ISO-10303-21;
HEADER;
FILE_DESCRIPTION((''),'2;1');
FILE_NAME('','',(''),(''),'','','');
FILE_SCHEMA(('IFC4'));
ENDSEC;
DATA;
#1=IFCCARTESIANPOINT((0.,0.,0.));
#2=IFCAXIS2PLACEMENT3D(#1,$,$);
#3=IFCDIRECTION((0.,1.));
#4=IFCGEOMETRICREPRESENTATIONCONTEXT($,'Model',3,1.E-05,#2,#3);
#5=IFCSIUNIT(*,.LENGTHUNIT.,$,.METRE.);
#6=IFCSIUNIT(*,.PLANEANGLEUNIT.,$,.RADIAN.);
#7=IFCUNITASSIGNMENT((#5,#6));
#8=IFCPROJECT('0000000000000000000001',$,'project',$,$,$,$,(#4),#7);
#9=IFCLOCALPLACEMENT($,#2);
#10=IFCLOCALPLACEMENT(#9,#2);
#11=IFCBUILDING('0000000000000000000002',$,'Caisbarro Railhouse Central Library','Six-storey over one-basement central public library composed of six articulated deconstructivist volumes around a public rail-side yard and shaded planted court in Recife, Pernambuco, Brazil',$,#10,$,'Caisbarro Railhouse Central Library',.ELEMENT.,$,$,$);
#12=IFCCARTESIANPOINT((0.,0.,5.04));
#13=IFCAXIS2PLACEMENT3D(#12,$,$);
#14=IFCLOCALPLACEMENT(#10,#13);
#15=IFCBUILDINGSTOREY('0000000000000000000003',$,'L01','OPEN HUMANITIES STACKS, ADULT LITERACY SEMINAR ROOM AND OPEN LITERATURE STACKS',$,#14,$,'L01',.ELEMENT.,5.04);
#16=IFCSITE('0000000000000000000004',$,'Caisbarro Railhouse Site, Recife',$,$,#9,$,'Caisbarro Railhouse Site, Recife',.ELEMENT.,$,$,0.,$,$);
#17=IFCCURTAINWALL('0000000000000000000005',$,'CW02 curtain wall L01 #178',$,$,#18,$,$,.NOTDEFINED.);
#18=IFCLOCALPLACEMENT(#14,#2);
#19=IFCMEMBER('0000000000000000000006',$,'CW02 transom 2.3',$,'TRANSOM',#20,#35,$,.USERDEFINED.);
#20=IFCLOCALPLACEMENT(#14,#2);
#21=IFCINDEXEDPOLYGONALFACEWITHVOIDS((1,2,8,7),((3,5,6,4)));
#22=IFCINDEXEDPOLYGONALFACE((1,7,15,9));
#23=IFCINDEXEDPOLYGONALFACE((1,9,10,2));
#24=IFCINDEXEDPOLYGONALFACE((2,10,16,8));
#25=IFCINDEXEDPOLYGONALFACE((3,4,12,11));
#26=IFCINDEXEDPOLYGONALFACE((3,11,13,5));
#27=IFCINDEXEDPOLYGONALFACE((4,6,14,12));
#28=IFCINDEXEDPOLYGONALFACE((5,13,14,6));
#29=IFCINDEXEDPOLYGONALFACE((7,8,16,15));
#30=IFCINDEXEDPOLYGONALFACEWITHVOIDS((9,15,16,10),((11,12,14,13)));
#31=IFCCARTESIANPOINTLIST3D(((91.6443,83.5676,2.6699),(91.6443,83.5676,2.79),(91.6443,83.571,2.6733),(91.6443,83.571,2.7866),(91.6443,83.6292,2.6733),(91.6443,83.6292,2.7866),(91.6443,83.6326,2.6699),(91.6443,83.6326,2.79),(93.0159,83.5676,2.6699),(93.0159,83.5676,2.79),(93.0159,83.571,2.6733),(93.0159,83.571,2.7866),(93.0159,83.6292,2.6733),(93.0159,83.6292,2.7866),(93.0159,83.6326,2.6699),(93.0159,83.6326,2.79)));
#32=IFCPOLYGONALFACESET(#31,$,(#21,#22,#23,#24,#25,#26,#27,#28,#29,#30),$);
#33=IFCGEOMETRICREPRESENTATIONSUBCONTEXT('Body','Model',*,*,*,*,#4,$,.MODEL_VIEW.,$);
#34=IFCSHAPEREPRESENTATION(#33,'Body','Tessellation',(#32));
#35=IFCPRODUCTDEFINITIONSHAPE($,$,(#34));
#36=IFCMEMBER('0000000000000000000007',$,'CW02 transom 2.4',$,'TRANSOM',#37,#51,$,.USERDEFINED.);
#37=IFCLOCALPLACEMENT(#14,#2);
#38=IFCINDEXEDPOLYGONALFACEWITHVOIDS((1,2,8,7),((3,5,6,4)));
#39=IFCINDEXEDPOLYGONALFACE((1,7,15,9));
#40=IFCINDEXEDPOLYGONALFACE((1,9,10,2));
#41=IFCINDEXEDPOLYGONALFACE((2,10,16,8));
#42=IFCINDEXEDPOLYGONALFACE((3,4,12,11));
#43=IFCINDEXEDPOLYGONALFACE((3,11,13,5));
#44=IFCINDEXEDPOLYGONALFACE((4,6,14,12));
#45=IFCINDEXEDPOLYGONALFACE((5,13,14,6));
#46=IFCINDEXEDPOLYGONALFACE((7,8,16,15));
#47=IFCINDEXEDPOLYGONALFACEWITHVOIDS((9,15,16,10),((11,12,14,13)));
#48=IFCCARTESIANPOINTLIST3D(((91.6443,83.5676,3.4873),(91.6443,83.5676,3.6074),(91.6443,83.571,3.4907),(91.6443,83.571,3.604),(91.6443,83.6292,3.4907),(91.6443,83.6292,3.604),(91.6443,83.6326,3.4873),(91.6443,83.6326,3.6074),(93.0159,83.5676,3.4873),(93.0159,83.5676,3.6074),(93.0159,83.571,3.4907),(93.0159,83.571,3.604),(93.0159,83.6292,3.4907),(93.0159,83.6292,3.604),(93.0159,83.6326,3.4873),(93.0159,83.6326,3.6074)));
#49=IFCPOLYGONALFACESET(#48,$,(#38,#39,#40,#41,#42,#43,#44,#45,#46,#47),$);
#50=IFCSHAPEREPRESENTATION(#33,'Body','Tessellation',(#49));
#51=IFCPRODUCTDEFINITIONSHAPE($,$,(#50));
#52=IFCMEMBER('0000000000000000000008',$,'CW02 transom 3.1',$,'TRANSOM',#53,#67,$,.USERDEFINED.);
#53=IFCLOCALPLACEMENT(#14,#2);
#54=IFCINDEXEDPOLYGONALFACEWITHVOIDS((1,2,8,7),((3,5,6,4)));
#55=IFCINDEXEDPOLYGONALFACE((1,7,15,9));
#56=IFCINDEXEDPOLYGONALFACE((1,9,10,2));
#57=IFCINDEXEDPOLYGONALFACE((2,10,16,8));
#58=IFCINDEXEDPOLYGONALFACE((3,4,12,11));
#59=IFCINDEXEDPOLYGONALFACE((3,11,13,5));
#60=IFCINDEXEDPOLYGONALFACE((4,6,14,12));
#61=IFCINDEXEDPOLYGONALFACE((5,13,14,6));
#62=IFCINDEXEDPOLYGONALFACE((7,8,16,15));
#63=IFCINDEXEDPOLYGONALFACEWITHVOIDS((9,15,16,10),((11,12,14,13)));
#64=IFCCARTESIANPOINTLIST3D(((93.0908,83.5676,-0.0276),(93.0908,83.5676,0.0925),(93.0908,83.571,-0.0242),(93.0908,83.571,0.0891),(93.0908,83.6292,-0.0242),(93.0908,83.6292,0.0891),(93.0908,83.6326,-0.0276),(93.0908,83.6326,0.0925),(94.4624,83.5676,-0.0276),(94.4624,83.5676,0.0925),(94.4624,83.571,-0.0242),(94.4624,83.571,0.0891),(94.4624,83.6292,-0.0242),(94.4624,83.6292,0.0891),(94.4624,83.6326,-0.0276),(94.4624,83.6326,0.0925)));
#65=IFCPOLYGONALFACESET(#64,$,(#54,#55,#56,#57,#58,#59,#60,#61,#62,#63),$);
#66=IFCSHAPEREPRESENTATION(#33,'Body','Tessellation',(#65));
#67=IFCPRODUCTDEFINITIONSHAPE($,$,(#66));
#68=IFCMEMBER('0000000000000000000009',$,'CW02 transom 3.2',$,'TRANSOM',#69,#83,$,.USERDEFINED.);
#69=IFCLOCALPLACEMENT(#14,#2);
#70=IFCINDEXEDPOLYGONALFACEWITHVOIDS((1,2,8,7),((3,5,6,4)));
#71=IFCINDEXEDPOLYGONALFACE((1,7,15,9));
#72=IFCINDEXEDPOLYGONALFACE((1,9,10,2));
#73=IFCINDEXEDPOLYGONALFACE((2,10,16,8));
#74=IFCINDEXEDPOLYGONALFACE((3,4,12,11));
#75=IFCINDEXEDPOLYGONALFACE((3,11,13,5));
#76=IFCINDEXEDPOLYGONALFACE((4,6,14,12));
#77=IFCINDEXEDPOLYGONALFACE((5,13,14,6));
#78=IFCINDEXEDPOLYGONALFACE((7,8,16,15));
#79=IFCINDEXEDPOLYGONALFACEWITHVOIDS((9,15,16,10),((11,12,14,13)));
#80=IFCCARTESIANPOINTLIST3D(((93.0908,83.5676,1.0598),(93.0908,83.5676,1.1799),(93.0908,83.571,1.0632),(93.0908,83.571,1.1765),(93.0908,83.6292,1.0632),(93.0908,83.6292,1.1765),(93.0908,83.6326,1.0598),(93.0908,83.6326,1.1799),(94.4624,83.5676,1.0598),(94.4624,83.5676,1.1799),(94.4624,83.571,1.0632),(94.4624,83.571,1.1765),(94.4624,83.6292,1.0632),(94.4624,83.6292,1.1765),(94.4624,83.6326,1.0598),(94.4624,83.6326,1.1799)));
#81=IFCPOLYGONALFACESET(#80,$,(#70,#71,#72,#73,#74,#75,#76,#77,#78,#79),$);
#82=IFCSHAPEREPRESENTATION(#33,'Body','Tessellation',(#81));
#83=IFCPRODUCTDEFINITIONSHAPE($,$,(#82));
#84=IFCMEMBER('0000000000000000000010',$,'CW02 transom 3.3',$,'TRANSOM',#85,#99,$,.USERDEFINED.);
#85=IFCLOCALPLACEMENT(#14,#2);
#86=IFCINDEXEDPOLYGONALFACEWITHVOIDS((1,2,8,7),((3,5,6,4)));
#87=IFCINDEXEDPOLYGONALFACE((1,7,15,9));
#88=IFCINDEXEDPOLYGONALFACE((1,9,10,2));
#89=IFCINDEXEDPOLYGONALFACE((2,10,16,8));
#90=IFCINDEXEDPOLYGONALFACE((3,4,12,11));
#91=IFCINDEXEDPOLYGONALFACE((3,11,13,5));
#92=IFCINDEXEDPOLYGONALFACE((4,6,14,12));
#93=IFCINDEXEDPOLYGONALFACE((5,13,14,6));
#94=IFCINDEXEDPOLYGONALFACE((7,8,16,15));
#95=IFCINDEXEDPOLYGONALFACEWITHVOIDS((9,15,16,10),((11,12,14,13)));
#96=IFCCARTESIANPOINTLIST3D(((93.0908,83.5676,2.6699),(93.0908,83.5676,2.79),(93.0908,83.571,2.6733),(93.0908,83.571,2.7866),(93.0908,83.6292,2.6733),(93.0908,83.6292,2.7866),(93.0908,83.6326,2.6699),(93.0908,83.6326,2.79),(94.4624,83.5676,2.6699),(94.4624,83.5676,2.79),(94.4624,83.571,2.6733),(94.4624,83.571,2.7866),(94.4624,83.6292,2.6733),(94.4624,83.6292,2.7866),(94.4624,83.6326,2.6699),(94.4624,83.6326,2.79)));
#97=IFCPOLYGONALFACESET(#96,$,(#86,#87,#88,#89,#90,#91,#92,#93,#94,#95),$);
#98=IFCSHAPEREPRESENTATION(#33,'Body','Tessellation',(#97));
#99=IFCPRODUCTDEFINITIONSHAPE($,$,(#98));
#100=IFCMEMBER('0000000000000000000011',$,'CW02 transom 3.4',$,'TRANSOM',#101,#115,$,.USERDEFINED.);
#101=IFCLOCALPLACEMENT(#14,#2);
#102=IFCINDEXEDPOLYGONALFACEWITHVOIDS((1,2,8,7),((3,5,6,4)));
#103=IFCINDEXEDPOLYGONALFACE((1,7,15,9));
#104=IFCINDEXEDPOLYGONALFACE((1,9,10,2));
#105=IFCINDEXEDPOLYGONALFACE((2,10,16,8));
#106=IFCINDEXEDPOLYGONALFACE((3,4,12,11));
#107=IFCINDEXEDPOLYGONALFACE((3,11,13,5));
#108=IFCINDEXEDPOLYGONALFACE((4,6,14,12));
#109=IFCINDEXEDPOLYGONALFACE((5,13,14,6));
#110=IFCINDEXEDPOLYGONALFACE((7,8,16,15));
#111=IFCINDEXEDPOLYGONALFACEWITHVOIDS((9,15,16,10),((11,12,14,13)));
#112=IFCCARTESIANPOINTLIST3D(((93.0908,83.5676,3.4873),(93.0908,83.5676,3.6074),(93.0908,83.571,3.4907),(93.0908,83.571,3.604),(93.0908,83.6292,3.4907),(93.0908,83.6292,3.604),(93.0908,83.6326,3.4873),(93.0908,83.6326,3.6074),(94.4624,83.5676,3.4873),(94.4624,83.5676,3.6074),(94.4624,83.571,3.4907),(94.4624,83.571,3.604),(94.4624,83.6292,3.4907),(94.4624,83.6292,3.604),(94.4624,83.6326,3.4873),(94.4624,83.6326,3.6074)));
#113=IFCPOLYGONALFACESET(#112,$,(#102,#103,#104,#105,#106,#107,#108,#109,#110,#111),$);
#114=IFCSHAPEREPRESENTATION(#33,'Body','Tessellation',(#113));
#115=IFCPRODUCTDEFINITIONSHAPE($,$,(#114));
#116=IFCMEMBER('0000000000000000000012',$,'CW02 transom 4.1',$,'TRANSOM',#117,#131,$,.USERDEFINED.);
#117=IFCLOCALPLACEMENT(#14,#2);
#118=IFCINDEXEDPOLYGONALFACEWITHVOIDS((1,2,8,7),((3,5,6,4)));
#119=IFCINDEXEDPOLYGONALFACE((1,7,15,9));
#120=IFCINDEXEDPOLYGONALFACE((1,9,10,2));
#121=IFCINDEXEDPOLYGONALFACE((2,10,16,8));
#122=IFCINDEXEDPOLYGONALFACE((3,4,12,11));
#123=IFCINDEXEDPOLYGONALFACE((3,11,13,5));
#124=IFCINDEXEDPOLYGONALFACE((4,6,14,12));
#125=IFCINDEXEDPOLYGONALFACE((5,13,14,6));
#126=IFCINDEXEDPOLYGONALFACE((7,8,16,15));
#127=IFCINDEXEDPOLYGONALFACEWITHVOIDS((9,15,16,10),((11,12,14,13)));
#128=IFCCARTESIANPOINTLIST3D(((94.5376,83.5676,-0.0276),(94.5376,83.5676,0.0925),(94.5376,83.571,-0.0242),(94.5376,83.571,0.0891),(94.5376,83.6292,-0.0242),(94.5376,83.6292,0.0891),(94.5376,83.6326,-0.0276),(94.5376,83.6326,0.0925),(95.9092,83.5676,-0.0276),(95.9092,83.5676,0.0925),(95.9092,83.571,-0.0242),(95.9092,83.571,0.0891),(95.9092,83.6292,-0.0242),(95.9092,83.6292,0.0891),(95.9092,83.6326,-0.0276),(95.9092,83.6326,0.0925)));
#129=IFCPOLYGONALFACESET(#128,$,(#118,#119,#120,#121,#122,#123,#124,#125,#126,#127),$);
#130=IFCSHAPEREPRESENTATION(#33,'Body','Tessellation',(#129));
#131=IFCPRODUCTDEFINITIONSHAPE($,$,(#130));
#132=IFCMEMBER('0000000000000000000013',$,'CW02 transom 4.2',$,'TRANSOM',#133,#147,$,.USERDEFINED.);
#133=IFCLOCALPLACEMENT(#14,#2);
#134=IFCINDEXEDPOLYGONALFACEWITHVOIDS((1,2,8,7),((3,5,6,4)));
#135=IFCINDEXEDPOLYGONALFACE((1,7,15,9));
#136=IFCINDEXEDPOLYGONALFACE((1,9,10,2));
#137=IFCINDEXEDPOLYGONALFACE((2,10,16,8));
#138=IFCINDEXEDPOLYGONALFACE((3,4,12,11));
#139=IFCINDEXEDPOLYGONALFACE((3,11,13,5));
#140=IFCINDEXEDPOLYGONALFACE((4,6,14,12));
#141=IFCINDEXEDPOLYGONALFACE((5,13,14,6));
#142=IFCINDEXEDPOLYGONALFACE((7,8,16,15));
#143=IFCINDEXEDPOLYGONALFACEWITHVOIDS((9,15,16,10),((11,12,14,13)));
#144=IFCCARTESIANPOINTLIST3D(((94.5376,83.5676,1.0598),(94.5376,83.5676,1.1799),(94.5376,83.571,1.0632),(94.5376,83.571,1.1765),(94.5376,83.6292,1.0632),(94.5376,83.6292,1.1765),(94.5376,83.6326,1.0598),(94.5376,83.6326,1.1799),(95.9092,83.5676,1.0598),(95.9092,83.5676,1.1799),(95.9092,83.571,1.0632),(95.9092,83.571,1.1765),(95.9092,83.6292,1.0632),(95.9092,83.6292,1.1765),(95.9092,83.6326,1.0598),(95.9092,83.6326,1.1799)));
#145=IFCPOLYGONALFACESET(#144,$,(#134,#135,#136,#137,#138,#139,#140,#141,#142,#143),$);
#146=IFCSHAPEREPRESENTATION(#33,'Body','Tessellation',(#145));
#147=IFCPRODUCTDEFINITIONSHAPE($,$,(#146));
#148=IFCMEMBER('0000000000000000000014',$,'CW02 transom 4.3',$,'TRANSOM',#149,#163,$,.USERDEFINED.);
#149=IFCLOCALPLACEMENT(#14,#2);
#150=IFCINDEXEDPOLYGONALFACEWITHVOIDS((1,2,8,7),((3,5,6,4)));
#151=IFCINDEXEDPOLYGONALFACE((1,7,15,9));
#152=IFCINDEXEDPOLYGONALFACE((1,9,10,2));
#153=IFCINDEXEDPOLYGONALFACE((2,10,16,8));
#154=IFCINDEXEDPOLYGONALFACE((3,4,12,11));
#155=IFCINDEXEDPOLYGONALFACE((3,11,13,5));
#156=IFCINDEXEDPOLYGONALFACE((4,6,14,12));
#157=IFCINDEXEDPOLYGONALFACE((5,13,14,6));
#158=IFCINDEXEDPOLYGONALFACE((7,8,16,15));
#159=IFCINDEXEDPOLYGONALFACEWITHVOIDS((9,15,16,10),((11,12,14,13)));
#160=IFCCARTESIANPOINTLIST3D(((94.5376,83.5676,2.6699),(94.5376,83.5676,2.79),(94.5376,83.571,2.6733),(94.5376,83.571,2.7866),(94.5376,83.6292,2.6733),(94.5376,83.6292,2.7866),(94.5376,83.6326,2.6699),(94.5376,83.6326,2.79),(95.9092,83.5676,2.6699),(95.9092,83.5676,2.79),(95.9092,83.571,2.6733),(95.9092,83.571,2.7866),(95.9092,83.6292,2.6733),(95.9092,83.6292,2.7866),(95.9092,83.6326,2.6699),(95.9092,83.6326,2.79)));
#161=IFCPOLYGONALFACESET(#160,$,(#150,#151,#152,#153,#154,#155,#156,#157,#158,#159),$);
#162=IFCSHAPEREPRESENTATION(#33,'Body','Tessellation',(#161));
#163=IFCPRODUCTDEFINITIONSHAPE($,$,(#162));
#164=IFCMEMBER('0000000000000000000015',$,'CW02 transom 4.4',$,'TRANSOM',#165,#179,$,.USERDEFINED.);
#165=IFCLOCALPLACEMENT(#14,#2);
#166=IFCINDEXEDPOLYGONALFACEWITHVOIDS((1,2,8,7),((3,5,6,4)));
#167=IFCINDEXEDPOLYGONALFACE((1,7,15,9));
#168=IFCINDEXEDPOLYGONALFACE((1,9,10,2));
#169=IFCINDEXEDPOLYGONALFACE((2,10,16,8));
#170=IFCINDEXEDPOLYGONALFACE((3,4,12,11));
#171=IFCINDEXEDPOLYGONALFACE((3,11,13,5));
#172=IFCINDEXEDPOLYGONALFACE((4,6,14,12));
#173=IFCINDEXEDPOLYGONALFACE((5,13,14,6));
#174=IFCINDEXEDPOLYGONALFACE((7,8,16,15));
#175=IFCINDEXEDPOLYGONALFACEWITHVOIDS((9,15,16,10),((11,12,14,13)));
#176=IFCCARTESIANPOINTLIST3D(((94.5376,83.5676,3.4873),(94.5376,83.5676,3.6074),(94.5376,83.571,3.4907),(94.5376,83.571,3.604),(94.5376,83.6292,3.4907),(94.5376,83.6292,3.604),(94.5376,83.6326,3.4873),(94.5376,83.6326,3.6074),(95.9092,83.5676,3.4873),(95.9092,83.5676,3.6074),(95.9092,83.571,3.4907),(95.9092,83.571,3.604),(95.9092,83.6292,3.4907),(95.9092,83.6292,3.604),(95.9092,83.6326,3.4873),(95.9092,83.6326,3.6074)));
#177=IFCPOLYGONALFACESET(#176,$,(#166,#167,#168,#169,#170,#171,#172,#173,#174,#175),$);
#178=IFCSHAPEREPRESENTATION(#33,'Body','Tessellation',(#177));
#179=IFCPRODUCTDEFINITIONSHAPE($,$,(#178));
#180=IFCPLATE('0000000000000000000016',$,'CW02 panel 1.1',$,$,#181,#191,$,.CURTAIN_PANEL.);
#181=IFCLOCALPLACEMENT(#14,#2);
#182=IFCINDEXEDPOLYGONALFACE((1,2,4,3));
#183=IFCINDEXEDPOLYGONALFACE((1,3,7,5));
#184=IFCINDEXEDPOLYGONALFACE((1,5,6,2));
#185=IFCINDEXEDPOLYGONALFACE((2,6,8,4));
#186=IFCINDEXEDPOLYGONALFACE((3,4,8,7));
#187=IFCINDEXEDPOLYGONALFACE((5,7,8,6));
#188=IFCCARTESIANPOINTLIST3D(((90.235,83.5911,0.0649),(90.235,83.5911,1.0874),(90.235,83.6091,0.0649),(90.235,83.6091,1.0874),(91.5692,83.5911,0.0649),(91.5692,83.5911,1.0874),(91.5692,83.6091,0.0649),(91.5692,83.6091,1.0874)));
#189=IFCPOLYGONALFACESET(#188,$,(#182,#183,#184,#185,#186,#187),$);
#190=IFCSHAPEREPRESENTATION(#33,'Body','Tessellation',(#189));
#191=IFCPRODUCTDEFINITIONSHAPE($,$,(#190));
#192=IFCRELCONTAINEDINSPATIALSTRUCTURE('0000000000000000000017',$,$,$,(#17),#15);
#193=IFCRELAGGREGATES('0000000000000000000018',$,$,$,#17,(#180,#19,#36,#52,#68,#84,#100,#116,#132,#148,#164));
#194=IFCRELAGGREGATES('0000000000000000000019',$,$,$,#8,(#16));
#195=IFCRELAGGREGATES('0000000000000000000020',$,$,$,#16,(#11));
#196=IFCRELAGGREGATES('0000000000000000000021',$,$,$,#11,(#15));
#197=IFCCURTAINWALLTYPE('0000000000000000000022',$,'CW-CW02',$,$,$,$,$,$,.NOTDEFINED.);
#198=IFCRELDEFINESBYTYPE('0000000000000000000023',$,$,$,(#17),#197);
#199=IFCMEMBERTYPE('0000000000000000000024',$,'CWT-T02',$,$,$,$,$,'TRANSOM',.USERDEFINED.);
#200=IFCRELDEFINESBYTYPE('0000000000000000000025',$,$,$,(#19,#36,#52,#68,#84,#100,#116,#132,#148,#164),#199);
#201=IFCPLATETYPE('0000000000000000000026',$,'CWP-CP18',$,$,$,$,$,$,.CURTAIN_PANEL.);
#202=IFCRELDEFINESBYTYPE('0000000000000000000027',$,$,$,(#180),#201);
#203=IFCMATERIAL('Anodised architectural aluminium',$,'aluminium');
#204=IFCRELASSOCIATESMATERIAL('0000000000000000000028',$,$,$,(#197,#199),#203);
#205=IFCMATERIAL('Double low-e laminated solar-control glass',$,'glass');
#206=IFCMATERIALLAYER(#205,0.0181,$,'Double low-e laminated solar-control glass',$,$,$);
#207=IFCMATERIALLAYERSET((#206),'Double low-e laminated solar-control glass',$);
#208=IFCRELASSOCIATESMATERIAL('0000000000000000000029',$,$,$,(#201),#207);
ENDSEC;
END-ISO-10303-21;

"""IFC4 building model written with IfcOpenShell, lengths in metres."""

from ifc_helpers import new_model, si_unit, direction, frame, origin, origin_2d, place, context, subcontext, project, spatial, rectangle, hollow_rectangle, extrude, material, layer, layer_set, material_profile, profile_set, type_object, element, aggregate, save


model = new_model("IFC4")

# Units and contexts
model_context = context("Model", 3, precision=1e-05, world=origin(), true_north=direction((0.0, 1.0)))
body_context = subcontext(model_context, "Body", "Model", "MODEL_VIEW")
ifc_project = project(units=[si_unit("LENGTHUNIT", "METRE"), si_unit("PLANEANGLEUNIT", "RADIAN")], contexts=[model_context])

# Site, building, storey
site_placement = place(None, origin())
site = spatial("IfcSite", under=ifc_project, at=site_placement, Name="Caisbarro Railhouse Site, Recife", LongName="Caisbarro Railhouse Site, Recife", CompositionType="ELEMENT", RefElevation=0.0)
building_placement = place(site_placement, origin())
building = spatial("IfcBuilding", under=site, at=building_placement, Name="Caisbarro Railhouse Central Library", Description="Six-storey over one-basement central public library composed of six articulated deconstructivist volumes around a public rail-side yard and shaded planted court in Recife, Pernambuco, Brazil", LongName="Caisbarro Railhouse Central Library", CompositionType="ELEMENT")
storey_placement = place(building_placement, frame((0.0, 0.0, 5.04)))
storey = spatial("IfcBuildingStorey", under=building, at=storey_placement, Name="L01", Description="OPEN HUMANITIES STACKS, ADULT LITERACY SEMINAR ROOM AND OPEN LITERATURE STACKS", LongName="L01", CompositionType="ELEMENT", Elevation=5.04)

# Curtain wall, members, plate
ifc_material_1 = material(Name="Anodised architectural aluminium", Category="aluminium")
curtain_wall_type = type_object("IfcCurtainWallType", Name="CW-CW02", PredefinedType="NOTDEFINED", material=ifc_material_1)
curtain_wall_placement = place(storey_placement, origin())
curtain_wall = element("IfcCurtainWall", 1, at=curtain_wall_placement, inside=storey, type_object=curtain_wall_type, Name="CW02 curtain wall L01 #178", PredefinedType="NOTDEFINED")
ifc_material_profile_1 = material_profile(ifc_material_1, hollow_rectangle(XDim=0.0649, YDim=0.1201, WallThickness=0.0034, at=origin_2d()), Name="ALU-TRN-65X120")
ifc_profile_set_1 = profile_set([ifc_material_profile_1], Name="Anodised architectural aluminium")
member_type_1 = type_object("IfcMemberType", Name="CWT-T02", ElementType="TRANSOM", PredefinedType="USERDEFINED", material=ifc_profile_set_1)
member_1_placement = place(storey_placement, frame((91.6443, 83.6001, 2.73), z_axis=(1.0, 0.0, 0.0), x_axis=(0.0, 1.0, 0.0)))
member_1 = element("IfcMember", 2, at=member_1_placement, type_object=member_type_1, Name="CW02 transom 2.3", ObjectType="TRANSOM", PredefinedType="USERDEFINED", context=body_context, shape_type="SweptSolid", body=[
    extrude(hollow_rectangle(XDim=0.0649, YDim=0.1201, WallThickness=0.0034, at=origin_2d()), origin(), (0.0, 0.0, 1.0), 1.3716),
])
member_2_placement = place(storey_placement, frame((91.6443, 83.6001, 3.5474), z_axis=(1.0, 0.0, 0.0), x_axis=(0.0, 1.0, 0.0)))
member_2 = element("IfcMember", 3, at=member_2_placement, type_object=member_type_1, Name="CW02 transom 2.4", ObjectType="TRANSOM", PredefinedType="USERDEFINED", context=body_context, shape_type="SweptSolid", body=[
    extrude(hollow_rectangle(XDim=0.0649, YDim=0.1201, WallThickness=0.0034, at=origin_2d()), origin(), (0.0, 0.0, 1.0), 1.3716),
])
member_3_placement = place(storey_placement, frame((93.0908, 83.6001, 0.0325), z_axis=(1.0, 0.0, 0.0), x_axis=(0.0, 1.0, 0.0)))
member_3 = element("IfcMember", 4, at=member_3_placement, type_object=member_type_1, Name="CW02 transom 3.1", ObjectType="TRANSOM", PredefinedType="USERDEFINED", context=body_context, shape_type="SweptSolid", body=[
    extrude(hollow_rectangle(XDim=0.0649, YDim=0.1201, WallThickness=0.0034, at=origin_2d()), origin(), (0.0, 0.0, 1.0), 1.3716),
])
member_4_placement = place(storey_placement, frame((93.0908, 83.6001, 1.1199), z_axis=(1.0, 0.0, 0.0), x_axis=(0.0, 1.0, 0.0)))
member_4 = element("IfcMember", 5, at=member_4_placement, type_object=member_type_1, Name="CW02 transom 3.2", ObjectType="TRANSOM", PredefinedType="USERDEFINED", context=body_context, shape_type="SweptSolid", body=[
    extrude(hollow_rectangle(XDim=0.0649, YDim=0.1201, WallThickness=0.0034, at=origin_2d()), origin(), (0.0, 0.0, 1.0), 1.3716),
])
member_5_placement = place(storey_placement, frame((93.0908, 83.6001, 2.73), z_axis=(1.0, 0.0, 0.0), x_axis=(0.0, 1.0, 0.0)))
member_5 = element("IfcMember", 6, at=member_5_placement, type_object=member_type_1, Name="CW02 transom 3.3", ObjectType="TRANSOM", PredefinedType="USERDEFINED", context=body_context, shape_type="SweptSolid", body=[
    extrude(hollow_rectangle(XDim=0.0649, YDim=0.1201, WallThickness=0.0034, at=origin_2d()), origin(), (0.0, 0.0, 1.0), 1.3716),
])
member_6_placement = place(storey_placement, frame((93.0908, 83.6001, 3.5474), z_axis=(1.0, 0.0, 0.0), x_axis=(0.0, 1.0, 0.0)))
member_6 = element("IfcMember", 7, at=member_6_placement, type_object=member_type_1, Name="CW02 transom 3.4", ObjectType="TRANSOM", PredefinedType="USERDEFINED", context=body_context, shape_type="SweptSolid", body=[
    extrude(hollow_rectangle(XDim=0.0649, YDim=0.1201, WallThickness=0.0034, at=origin_2d()), origin(), (0.0, 0.0, 1.0), 1.3716),
])
member_7_placement = place(storey_placement, frame((94.5376, 83.6001, 0.0325), z_axis=(1.0, 0.0, 0.0), x_axis=(0.0, 1.0, 0.0)))
member_7 = element("IfcMember", 8, at=member_7_placement, type_object=member_type_1, Name="CW02 transom 4.1", ObjectType="TRANSOM", PredefinedType="USERDEFINED", context=body_context, shape_type="SweptSolid", body=[
    extrude(hollow_rectangle(XDim=0.0649, YDim=0.1201, WallThickness=0.0034, at=origin_2d()), origin(), (0.0, 0.0, 1.0), 1.3716),
])
member_8_placement = place(storey_placement, frame((94.5376, 83.6001, 1.1199), z_axis=(1.0, 0.0, 0.0), x_axis=(0.0, 1.0, 0.0)))
member_8 = element("IfcMember", 9, at=member_8_placement, type_object=member_type_1, Name="CW02 transom 4.2", ObjectType="TRANSOM", PredefinedType="USERDEFINED", context=body_context, shape_type="SweptSolid", body=[
    extrude(hollow_rectangle(XDim=0.0649, YDim=0.1201, WallThickness=0.0034, at=origin_2d()), origin(), (0.0, 0.0, 1.0), 1.3716),
])
member_9_placement = place(storey_placement, frame((94.5376, 83.6001, 2.73), z_axis=(1.0, 0.0, 0.0), x_axis=(0.0, 1.0, 0.0)))
member_9 = element("IfcMember", 10, at=member_9_placement, type_object=member_type_1, Name="CW02 transom 4.3", ObjectType="TRANSOM", PredefinedType="USERDEFINED", context=body_context, shape_type="SweptSolid", body=[
    extrude(hollow_rectangle(XDim=0.0649, YDim=0.1201, WallThickness=0.0034, at=origin_2d()), origin(), (0.0, 0.0, 1.0), 1.3716),
])
member_10_placement = place(storey_placement, frame((94.5376, 83.6001, 3.5474), z_axis=(1.0, 0.0, 0.0), x_axis=(0.0, 1.0, 0.0)))
member_10 = element("IfcMember", 11, at=member_10_placement, type_object=member_type_1, Name="CW02 transom 4.4", ObjectType="TRANSOM", PredefinedType="USERDEFINED", context=body_context, shape_type="SweptSolid", body=[
    extrude(hollow_rectangle(XDim=0.0649, YDim=0.1201, WallThickness=0.0034, at=origin_2d()), origin(), (0.0, 0.0, 1.0), 1.3716),
])
ifc_material_2 = material(Name="Double low-e laminated solar-control glass", Category="glass")
ifc_layer = layer(ifc_material_2, 0.0181, Name="Double low-e laminated solar-control glass")
ifc_layer_set = layer_set([ifc_layer], Name="Double low-e laminated solar-control glass")
plate_type = type_object("IfcPlateType", Name="CWP-CP18", PredefinedType="CURTAIN_PANEL", material=ifc_layer_set)
plate_1_placement = place(storey_placement, frame((90.9021, 83.6001, 0.0649), z_axis=(0.0, 0.0, 1.0), x_axis=(1.0, 0.0, 0.0)))
plate_1 = element("IfcPlate", 12, at=plate_1_placement, type_object=plate_type, Name="CW02 panel 1.1", PredefinedType="CURTAIN_PANEL", context=body_context, shape_type="SweptSolid", body=[
    extrude(rectangle(XDim=1.3342, YDim=0.0181, at=origin_2d()), origin(), (0.0, 0.0, 1.0), 1.0225),
])
aggregate(curtain_wall, [plate_1, member_1, member_2, member_3, member_4, member_5, member_6, member_7, member_8, member_9, member_10])

save(model, "model.ifc")
